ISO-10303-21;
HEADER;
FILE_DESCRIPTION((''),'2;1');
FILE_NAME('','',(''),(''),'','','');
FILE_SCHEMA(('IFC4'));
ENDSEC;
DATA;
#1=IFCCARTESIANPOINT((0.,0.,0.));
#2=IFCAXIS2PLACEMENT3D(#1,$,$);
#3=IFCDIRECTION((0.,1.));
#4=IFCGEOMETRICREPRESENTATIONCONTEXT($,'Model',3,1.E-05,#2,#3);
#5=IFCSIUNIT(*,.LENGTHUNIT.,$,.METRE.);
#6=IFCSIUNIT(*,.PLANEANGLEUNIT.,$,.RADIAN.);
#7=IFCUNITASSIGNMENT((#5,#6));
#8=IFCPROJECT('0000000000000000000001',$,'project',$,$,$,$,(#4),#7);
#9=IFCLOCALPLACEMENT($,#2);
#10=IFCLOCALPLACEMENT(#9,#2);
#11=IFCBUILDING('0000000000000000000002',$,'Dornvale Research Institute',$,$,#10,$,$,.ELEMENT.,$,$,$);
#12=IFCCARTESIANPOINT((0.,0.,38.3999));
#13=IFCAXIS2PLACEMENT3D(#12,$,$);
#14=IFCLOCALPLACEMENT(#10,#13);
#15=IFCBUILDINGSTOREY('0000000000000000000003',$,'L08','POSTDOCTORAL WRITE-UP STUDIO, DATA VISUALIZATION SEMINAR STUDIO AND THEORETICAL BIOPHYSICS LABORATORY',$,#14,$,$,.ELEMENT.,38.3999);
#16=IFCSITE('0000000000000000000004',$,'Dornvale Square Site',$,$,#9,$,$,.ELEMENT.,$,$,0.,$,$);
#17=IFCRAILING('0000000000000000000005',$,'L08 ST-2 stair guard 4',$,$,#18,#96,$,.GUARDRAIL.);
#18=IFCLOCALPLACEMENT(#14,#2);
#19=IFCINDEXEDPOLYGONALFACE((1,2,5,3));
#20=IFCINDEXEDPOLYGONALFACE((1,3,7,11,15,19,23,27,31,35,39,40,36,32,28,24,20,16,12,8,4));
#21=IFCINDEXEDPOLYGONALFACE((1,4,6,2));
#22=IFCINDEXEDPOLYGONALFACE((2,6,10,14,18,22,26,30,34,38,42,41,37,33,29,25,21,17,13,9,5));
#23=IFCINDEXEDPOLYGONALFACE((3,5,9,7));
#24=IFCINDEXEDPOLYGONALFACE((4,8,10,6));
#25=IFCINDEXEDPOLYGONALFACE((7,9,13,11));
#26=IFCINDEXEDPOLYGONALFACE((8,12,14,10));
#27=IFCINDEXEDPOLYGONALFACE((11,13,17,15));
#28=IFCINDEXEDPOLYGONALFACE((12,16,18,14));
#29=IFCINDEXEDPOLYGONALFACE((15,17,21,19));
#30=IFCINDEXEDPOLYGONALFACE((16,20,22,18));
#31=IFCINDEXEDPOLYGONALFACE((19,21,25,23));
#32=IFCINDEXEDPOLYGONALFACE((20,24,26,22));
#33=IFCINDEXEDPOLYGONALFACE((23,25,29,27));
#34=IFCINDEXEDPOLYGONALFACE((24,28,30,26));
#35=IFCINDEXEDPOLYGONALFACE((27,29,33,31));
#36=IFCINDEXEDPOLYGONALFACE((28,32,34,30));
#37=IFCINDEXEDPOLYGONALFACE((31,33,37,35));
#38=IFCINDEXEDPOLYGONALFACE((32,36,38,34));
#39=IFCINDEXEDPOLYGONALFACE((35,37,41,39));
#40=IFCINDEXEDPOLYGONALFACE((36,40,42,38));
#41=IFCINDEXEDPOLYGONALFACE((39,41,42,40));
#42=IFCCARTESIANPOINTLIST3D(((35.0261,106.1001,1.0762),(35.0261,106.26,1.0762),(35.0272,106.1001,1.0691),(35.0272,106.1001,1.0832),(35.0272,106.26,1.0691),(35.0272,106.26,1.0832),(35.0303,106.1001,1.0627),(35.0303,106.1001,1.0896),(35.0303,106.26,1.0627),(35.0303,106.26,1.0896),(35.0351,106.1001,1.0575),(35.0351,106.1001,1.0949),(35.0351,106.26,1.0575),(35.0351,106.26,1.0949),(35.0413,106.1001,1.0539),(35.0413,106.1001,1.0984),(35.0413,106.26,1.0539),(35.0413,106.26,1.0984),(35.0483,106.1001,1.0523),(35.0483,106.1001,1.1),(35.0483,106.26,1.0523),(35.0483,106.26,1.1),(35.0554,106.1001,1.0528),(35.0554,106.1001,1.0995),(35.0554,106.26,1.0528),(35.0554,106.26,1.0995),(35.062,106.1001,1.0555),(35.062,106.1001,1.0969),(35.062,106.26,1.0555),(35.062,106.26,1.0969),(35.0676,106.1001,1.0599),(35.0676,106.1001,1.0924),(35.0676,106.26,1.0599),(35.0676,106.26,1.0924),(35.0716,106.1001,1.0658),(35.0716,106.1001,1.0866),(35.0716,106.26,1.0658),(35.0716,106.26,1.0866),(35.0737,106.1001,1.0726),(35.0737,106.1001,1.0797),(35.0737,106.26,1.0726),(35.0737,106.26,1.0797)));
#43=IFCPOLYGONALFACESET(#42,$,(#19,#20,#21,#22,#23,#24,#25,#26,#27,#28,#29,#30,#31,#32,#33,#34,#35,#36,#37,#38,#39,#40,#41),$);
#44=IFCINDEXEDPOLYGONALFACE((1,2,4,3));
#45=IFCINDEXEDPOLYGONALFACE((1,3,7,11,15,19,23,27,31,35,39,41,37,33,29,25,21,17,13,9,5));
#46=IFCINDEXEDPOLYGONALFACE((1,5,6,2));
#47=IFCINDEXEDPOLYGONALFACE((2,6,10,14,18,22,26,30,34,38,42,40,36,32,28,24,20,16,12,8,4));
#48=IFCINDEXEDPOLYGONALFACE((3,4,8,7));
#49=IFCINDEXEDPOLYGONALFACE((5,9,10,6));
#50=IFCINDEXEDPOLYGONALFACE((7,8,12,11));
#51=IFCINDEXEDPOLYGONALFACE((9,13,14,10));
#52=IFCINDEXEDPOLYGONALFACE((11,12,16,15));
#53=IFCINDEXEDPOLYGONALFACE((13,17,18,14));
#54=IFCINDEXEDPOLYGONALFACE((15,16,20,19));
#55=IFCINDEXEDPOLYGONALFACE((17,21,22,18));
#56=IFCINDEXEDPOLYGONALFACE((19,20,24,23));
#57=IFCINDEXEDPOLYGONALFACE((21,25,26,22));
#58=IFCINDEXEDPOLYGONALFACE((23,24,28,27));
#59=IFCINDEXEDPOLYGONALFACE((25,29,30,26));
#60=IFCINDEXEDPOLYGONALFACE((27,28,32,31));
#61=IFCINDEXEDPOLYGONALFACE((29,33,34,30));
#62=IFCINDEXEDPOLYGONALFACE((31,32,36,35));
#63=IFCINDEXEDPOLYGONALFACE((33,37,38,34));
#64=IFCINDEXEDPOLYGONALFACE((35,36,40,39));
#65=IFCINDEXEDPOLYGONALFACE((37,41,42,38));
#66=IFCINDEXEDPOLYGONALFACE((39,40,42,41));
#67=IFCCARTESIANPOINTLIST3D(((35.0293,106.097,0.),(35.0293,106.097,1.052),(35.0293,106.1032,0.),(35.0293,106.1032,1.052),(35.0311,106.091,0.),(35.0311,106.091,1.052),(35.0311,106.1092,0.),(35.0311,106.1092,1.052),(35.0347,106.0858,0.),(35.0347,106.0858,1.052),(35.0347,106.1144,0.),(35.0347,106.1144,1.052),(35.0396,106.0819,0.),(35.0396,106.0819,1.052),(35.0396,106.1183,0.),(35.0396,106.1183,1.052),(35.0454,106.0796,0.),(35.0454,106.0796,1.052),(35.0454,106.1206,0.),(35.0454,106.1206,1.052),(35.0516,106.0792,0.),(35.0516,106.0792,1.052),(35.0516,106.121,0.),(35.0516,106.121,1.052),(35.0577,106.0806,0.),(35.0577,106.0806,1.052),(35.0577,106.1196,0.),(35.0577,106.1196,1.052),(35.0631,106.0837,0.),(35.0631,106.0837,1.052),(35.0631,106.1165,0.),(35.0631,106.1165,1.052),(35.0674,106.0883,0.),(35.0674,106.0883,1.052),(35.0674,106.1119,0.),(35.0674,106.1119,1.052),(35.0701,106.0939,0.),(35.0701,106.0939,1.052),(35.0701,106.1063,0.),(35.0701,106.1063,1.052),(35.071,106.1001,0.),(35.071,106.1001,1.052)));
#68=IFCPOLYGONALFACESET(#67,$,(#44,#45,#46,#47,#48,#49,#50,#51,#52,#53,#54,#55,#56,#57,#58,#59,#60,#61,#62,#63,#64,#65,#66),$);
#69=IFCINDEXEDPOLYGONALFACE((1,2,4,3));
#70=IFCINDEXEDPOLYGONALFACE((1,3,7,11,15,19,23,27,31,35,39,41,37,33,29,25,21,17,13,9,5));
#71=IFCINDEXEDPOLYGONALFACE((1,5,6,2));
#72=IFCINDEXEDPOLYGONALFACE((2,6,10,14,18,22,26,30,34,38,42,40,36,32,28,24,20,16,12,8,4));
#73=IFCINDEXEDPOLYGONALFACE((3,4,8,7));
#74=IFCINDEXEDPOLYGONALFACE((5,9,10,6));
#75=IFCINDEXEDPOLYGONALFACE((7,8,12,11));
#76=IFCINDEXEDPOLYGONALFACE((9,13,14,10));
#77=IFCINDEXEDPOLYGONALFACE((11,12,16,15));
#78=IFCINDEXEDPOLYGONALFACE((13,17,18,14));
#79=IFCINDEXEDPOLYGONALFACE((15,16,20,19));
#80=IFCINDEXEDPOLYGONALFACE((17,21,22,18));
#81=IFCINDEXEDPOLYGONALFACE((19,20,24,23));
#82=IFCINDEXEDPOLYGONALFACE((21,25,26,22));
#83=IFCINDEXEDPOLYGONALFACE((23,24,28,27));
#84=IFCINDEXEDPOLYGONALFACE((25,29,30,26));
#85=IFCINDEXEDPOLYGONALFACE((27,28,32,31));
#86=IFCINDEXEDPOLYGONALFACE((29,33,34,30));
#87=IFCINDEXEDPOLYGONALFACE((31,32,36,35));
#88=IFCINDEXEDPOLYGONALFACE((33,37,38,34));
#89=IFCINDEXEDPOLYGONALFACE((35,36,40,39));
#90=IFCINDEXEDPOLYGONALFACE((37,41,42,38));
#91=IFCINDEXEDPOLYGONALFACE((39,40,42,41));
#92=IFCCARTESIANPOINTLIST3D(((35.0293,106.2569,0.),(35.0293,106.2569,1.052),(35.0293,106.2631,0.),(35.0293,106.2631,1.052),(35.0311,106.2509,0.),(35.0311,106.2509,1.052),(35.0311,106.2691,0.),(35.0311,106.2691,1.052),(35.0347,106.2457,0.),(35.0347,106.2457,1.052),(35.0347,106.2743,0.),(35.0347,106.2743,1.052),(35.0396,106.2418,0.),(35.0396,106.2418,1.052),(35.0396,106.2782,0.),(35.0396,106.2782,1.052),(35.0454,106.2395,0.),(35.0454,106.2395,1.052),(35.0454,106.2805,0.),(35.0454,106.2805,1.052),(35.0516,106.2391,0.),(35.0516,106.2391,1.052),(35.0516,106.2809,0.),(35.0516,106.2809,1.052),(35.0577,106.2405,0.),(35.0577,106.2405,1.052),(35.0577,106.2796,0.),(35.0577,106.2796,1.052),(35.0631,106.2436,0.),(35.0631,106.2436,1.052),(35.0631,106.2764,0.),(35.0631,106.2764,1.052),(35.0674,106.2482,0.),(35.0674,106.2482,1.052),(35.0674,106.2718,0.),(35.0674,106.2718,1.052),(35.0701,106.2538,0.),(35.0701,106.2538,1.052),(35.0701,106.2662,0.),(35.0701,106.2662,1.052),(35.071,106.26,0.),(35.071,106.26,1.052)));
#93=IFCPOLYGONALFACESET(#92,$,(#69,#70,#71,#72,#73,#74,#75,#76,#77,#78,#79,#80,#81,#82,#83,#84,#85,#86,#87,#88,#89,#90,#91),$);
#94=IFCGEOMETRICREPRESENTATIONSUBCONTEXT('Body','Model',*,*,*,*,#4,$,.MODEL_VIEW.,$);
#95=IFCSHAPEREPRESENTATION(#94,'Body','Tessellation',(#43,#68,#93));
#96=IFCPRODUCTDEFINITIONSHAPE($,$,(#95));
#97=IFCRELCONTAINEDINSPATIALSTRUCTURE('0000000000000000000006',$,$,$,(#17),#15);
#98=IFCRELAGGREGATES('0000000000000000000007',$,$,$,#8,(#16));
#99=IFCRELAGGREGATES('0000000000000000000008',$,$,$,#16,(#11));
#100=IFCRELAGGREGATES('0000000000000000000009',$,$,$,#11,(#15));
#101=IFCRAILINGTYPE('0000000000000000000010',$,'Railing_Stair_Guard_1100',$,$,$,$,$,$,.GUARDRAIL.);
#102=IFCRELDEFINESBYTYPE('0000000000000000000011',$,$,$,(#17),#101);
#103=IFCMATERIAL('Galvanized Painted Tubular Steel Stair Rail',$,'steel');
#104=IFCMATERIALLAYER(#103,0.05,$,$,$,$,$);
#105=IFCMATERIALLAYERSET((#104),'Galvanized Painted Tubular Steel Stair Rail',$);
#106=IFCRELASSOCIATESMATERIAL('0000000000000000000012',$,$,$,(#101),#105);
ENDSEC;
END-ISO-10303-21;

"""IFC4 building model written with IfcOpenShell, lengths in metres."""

from ifc_helpers import new_model, si_unit, direction, frame, origin, origin_2d, place, context, subcontext, project, spatial, circle, extrude, material, layer, layer_set, type_object, element, save


model = new_model("IFC4")

# Units and contexts
model_context = context("Model", 3, precision=1e-05, world=origin(), true_north=direction((0.0, 1.0)))
body_context = subcontext(model_context, "Body", "Model", "MODEL_VIEW")
ifc_project = project(units=[si_unit("LENGTHUNIT", "METRE"), si_unit("PLANEANGLEUNIT", "RADIAN")], contexts=[model_context])

# Site, building, storey
site_placement = place(None, origin())
site = spatial("IfcSite", under=ifc_project, at=site_placement, Name="Dornvale Square Site", CompositionType="ELEMENT", RefElevation=0.0)
building_placement = place(site_placement, origin())
building = spatial("IfcBuilding", under=site, at=building_placement, Name="Dornvale Research Institute", CompositionType="ELEMENT")
storey_placement = place(building_placement, frame((0.0, 0.0, 38.3999)))
storey = spatial("IfcBuildingStorey", under=building, at=storey_placement, Name="L08", Description="POSTDOCTORAL WRITE-UP STUDIO, DATA VISUALIZATION SEMINAR STUDIO AND THEORETICAL BIOPHYSICS LABORATORY", CompositionType="ELEMENT", Elevation=38.3999)

# Railing
ifc_material_1 = material(Name="Galvanized Painted Tubular Steel Stair Rail", Category="steel")
ifc_layer_1 = layer(ifc_material_1, 0.05)
ifc_layer_set_1 = layer_set([ifc_layer_1], Name="Galvanized Painted Tubular Steel Stair Rail")
railing_type = type_object("IfcRailingType", Name="Railing_Stair_Guard_1100", PredefinedType="GUARDRAIL", material=ifc_layer_set_1)
railing_1_placement = place(storey_placement, frame((35.05, 106.1001, 0.0)))
element("IfcRailing", 1, at=railing_1_placement, inside=storey, type_object=railing_type, Name="L08 ST-2 stair guard 4", PredefinedType="GUARDRAIL", context=body_context, shape_type="SweptSolid", body=[
    extrude(circle(Radius=0.0239, at=origin_2d()), frame((0.0, 0.0, 1.0762), z_axis=(0.0, 1.0, 0.0), x_axis=(-1.0, 0.0, 0.0)), (0.0, 0.0, 1.0), 0.1599),
    extrude(circle(Radius=0.021, at=origin_2d()), origin(), (0.0, 0.0, 1.0), 1.052),
    extrude(circle(Radius=0.021, at=origin_2d()), frame((0.0, 0.1599, 0.0)), (0.0, 0.0, 1.0), 1.052),
])

save(model, "model.ifc")
